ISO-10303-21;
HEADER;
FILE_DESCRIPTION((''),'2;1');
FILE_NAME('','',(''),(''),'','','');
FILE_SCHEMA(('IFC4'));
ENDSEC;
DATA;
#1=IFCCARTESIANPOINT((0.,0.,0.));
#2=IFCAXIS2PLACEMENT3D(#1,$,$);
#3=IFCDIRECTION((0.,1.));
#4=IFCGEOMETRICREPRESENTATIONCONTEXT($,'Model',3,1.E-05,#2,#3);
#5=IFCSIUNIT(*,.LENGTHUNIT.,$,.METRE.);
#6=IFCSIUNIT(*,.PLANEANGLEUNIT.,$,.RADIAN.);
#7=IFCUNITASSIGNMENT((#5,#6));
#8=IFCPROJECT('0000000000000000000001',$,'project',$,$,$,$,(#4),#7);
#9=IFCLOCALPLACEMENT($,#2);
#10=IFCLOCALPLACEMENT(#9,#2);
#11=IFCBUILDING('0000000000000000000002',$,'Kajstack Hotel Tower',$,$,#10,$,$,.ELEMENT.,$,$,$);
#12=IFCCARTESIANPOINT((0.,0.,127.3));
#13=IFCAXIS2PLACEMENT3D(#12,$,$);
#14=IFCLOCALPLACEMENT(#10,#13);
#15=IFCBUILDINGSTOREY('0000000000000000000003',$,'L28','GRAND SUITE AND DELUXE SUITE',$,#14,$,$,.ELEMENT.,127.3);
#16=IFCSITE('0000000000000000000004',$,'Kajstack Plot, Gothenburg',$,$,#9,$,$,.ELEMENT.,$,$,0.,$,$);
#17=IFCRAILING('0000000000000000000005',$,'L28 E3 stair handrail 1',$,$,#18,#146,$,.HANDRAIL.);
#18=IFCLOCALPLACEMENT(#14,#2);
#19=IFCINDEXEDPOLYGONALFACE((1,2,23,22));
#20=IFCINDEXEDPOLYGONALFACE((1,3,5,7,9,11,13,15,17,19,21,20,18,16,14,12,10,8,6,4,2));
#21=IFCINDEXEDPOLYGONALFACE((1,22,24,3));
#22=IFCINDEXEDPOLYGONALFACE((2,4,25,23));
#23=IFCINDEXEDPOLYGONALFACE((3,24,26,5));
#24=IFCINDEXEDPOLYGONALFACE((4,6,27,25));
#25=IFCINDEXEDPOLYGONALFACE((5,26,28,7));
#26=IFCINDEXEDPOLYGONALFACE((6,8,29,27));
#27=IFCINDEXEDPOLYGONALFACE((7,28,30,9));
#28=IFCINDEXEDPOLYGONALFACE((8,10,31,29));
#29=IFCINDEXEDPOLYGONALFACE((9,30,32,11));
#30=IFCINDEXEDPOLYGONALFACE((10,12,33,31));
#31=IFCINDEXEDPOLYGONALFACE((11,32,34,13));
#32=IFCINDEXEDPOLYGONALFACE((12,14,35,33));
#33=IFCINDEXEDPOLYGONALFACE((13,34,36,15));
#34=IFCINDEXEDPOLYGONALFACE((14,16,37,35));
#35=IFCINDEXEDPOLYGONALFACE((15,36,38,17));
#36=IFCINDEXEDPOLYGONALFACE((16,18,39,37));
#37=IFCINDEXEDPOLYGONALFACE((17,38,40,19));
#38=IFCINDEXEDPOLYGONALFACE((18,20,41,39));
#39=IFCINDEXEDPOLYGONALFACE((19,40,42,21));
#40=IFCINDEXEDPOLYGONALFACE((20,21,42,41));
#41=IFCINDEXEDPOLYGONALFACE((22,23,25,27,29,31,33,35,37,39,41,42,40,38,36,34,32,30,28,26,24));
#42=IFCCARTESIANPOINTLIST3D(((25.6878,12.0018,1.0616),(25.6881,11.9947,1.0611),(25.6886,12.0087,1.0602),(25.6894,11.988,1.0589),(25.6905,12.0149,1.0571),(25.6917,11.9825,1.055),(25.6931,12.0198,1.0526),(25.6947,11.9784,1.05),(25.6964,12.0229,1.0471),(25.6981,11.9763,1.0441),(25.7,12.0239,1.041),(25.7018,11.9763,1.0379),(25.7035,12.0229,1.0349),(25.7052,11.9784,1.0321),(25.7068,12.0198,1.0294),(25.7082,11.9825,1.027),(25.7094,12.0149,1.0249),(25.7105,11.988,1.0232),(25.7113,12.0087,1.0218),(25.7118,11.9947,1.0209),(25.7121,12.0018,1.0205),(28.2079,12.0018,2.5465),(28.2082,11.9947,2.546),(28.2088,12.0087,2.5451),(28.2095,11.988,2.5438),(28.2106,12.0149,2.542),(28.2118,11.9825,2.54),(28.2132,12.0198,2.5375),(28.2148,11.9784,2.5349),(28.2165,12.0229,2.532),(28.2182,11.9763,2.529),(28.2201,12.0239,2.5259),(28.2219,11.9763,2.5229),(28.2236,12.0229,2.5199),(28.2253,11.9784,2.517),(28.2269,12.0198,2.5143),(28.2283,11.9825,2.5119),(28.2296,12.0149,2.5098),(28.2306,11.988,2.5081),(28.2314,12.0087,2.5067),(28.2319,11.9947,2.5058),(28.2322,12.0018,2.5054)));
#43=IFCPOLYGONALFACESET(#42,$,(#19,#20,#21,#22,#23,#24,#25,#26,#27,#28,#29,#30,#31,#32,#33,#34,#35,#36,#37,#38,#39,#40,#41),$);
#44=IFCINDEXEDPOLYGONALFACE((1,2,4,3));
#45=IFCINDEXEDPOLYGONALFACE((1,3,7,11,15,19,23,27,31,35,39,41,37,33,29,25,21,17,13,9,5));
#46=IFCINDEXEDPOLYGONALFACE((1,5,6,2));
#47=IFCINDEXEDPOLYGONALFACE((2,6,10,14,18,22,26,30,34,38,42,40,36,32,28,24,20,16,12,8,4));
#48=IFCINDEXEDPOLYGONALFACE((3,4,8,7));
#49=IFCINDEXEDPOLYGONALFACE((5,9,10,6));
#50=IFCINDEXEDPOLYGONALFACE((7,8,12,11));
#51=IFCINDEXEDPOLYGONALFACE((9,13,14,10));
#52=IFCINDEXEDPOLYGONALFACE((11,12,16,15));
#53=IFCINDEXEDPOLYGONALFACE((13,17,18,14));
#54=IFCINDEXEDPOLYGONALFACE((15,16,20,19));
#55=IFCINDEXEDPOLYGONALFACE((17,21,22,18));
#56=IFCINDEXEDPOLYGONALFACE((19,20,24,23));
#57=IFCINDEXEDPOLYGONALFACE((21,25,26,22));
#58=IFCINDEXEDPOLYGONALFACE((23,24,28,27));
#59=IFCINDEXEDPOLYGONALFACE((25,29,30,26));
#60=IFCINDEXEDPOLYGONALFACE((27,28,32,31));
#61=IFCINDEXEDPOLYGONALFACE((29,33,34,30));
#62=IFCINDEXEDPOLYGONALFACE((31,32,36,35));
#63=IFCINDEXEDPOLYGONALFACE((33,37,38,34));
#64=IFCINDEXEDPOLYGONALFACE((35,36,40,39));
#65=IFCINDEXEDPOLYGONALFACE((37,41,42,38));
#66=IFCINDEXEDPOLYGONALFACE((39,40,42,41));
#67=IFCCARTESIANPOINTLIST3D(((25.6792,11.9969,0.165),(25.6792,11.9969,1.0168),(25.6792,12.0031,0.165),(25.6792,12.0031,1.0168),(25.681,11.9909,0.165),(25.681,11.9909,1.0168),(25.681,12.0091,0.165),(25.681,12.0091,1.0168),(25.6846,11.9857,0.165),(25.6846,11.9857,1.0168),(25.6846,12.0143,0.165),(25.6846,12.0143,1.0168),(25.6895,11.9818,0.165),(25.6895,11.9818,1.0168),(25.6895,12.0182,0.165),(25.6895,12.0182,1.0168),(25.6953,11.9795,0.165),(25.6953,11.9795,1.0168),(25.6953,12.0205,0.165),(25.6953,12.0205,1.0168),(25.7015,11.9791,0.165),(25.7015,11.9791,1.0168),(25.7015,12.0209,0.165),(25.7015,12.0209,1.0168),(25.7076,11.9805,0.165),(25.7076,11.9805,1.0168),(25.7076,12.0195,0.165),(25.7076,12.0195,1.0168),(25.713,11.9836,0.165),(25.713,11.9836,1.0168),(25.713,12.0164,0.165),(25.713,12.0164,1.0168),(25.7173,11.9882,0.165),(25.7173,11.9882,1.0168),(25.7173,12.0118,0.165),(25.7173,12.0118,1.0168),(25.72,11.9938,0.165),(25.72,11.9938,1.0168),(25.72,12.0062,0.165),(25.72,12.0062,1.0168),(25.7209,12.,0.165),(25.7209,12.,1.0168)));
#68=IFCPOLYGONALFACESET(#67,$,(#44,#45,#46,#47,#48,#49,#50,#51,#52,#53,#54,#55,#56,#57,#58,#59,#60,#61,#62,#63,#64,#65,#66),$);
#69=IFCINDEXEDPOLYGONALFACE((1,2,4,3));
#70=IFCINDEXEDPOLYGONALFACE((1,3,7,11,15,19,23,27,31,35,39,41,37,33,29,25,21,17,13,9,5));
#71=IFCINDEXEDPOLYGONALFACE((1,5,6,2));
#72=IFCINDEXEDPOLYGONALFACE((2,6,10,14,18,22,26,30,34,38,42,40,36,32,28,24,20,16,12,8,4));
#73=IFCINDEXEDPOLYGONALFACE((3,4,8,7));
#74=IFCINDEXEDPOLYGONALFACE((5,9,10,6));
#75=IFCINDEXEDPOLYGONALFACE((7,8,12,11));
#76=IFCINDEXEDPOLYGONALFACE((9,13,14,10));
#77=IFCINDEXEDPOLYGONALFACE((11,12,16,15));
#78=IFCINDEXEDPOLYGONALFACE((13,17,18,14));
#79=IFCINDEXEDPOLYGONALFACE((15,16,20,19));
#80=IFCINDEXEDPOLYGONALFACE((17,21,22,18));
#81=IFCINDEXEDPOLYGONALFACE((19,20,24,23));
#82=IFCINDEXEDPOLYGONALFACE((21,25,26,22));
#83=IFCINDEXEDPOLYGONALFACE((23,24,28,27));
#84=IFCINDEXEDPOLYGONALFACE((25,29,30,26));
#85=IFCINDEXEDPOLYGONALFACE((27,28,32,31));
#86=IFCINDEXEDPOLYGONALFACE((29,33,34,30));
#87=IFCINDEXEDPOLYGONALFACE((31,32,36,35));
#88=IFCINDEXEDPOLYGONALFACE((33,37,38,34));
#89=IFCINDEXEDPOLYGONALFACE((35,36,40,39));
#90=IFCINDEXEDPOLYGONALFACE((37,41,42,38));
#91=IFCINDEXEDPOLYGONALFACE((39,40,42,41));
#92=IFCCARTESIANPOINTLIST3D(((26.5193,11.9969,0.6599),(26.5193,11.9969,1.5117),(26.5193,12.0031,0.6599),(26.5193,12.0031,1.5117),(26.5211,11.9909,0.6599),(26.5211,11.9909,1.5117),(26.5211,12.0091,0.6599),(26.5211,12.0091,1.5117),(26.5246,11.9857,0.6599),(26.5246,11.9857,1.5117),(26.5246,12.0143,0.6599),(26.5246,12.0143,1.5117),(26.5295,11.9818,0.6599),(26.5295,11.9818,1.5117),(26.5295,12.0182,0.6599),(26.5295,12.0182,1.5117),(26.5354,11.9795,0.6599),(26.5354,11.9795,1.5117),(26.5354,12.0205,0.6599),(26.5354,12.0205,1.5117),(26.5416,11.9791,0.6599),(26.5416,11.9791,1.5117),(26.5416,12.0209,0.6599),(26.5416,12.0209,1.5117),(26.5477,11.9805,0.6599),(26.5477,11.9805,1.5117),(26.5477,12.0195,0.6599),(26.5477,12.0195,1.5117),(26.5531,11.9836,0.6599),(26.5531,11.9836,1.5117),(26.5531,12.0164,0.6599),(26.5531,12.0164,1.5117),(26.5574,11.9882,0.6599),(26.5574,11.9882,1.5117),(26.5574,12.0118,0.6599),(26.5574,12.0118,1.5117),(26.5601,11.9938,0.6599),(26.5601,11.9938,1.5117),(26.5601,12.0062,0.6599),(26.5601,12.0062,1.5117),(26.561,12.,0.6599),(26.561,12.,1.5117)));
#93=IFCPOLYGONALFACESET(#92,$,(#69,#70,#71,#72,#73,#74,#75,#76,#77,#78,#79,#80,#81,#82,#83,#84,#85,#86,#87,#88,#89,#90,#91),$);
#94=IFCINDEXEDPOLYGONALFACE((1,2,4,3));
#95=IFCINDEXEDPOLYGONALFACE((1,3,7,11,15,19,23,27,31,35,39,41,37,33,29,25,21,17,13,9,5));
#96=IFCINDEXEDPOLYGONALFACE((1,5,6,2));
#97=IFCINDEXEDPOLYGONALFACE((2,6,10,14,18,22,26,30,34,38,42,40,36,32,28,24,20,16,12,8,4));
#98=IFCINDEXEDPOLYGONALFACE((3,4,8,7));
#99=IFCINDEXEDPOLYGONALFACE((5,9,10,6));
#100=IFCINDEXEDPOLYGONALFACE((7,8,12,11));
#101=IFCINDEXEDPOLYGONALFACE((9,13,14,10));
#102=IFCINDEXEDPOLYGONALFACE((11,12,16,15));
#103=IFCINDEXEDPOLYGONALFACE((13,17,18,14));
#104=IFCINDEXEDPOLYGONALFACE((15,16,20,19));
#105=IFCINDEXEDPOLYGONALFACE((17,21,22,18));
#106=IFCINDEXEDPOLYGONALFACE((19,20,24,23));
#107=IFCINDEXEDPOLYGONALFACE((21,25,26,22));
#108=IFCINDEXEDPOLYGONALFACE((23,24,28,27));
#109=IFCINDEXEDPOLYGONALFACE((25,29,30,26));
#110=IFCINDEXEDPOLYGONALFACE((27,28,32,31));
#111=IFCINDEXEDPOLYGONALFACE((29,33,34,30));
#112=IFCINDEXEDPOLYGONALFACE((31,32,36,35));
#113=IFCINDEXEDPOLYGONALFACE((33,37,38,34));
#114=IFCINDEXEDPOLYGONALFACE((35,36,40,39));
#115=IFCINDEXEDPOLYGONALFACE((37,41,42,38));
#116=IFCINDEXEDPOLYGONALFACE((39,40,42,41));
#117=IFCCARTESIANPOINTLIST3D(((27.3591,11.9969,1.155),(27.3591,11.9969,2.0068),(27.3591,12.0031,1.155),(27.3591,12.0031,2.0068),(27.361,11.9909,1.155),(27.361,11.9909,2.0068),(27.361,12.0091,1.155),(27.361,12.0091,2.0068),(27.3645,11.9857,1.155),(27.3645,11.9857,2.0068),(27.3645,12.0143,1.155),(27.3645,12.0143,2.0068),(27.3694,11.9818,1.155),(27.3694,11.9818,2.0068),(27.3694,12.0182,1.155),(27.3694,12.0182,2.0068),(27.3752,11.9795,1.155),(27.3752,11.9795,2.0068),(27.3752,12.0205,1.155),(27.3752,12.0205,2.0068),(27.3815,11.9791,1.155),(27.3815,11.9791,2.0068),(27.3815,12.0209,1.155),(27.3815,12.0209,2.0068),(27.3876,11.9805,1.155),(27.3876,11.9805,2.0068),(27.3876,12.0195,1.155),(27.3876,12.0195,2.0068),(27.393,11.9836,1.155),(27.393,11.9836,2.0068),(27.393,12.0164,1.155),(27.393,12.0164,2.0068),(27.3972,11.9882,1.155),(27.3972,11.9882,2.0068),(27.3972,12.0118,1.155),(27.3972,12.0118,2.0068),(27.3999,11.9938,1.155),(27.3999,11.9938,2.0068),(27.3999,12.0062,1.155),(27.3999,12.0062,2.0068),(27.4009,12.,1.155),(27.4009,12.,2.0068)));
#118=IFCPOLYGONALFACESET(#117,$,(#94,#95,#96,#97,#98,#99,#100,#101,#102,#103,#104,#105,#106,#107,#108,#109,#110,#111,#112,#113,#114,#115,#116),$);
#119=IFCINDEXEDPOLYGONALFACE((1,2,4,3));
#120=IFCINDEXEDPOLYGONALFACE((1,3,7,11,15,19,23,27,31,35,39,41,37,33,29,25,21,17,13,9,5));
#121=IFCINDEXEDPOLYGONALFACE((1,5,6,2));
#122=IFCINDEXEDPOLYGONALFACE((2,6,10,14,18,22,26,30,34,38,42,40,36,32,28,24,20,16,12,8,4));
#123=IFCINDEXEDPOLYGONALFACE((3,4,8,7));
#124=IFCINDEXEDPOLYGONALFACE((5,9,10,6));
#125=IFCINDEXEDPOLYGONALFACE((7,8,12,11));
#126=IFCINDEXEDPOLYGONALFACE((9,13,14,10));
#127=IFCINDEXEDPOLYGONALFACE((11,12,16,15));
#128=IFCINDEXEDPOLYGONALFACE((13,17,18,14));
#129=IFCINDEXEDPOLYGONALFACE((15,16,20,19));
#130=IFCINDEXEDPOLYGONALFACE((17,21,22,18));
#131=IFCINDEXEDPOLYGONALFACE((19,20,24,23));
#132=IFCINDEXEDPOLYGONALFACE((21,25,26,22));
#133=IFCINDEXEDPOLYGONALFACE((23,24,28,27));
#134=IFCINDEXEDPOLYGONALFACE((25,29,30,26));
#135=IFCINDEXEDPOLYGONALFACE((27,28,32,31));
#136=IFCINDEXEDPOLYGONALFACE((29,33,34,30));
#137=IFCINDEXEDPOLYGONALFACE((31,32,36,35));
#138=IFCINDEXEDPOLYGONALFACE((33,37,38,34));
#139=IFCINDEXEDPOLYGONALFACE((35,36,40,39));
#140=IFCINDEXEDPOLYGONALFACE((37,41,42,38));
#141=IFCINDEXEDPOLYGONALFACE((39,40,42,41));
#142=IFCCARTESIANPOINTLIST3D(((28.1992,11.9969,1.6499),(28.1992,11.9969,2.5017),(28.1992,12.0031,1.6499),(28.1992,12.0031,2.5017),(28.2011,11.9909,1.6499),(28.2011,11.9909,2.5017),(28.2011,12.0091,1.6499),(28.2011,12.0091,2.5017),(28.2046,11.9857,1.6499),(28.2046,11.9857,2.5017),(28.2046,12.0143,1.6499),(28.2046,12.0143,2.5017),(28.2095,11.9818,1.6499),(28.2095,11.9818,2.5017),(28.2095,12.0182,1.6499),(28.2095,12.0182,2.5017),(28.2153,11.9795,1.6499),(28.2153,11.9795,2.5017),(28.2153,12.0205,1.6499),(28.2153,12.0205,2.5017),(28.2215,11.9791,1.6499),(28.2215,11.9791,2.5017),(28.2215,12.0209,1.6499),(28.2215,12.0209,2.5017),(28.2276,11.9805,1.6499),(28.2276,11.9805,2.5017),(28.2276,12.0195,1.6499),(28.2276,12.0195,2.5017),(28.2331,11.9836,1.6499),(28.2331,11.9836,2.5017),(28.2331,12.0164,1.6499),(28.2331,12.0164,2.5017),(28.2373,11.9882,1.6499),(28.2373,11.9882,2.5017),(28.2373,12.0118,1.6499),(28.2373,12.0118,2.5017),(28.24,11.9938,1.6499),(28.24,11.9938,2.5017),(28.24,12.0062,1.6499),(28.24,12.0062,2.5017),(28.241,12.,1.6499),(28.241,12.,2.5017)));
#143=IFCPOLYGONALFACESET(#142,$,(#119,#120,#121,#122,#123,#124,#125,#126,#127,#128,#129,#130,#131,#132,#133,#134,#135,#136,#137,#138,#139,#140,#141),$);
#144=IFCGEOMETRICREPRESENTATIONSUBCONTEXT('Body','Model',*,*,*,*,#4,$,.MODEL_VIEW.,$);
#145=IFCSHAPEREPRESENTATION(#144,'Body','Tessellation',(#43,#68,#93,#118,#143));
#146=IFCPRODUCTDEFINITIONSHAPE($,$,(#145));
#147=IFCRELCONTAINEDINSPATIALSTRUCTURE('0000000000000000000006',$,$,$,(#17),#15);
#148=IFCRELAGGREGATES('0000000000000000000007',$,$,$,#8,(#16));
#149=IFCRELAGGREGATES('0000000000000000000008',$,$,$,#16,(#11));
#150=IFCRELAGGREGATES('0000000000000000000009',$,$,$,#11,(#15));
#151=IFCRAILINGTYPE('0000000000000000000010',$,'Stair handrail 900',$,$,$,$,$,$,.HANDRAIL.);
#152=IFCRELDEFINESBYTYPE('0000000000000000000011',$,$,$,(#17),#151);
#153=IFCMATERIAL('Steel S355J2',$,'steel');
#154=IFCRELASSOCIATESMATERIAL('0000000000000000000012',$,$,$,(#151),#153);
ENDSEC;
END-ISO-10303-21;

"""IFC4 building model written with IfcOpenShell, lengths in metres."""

from ifc_helpers import new_model, si_unit, direction, frame, origin, origin_2d, place, context, subcontext, project, spatial, circle, extrude, material, type_object, element, save


model = new_model("IFC4")

# Units and contexts
model_context = context("Model", 3, precision=1e-05, world=origin(), true_north=direction((0.0, 1.0)))
body_context = subcontext(model_context, "Body", "Model", "MODEL_VIEW")
ifc_project = project(units=[si_unit("LENGTHUNIT", "METRE"), si_unit("PLANEANGLEUNIT", "RADIAN")], contexts=[model_context])

# Site, building, storey
site_placement = place(None, origin())
site = spatial("IfcSite", under=ifc_project, at=site_placement, Name="Kajstack Plot, Gothenburg", CompositionType="ELEMENT", RefElevation=0.0)
building_placement = place(site_placement, origin())
building = spatial("IfcBuilding", under=site, at=building_placement, Name="Kajstack Hotel Tower", CompositionType="ELEMENT")
storey_placement = place(building_placement, frame((0.0, 0.0, 127.3)))
storey = spatial("IfcBuildingStorey", under=building, at=storey_placement, Name="L28", Description="GRAND SUITE AND DELUXE SUITE", CompositionType="ELEMENT", Elevation=127.3)

# Railing
ifc_material_1 = material(Name="Steel S355J2", Category="steel")
railing_type_1 = type_object("IfcRailingType", Name="Stair handrail 900", PredefinedType="HANDRAIL", material=ifc_material_1)
railing_1_placement = place(storey_placement, frame((25.7, 12.0, 0.165)))
element("IfcRailing", 1, at=railing_1_placement, inside=storey, type_object=railing_type_1, Name="L28 E3 stair handrail 1", PredefinedType="HANDRAIL", context=body_context, shape_type="SweptSolid", body=[
    extrude(circle(Radius=0.0239, at=origin_2d()), frame((0.0, 0.0, 0.876), z_axis=(0.861561, 0.0, 0.507655), x_axis=(0.0, 1.0, 0.0)), (0.0, 0.0, 1.0), 2.925),
    extrude(circle(Radius=0.021, at=origin_2d()), origin(), (0.0, 0.0, 1.0), 0.8518),
    extrude(circle(Radius=0.021, at=origin_2d()), frame((0.8401, 0.0, 0.4949)), (0.0, 0.0, 1.0), 0.8518),
    extrude(circle(Radius=0.021, at=origin_2d()), frame((1.6799, 0.0, 0.99)), (0.0, 0.0, 1.0), 0.8518),
    extrude(circle(Radius=0.021, at=origin_2d()), frame((2.52, 0.0, 1.4849)), (0.0, 0.0, 1.0), 0.8518),
])

save(model, "model.ifc")
